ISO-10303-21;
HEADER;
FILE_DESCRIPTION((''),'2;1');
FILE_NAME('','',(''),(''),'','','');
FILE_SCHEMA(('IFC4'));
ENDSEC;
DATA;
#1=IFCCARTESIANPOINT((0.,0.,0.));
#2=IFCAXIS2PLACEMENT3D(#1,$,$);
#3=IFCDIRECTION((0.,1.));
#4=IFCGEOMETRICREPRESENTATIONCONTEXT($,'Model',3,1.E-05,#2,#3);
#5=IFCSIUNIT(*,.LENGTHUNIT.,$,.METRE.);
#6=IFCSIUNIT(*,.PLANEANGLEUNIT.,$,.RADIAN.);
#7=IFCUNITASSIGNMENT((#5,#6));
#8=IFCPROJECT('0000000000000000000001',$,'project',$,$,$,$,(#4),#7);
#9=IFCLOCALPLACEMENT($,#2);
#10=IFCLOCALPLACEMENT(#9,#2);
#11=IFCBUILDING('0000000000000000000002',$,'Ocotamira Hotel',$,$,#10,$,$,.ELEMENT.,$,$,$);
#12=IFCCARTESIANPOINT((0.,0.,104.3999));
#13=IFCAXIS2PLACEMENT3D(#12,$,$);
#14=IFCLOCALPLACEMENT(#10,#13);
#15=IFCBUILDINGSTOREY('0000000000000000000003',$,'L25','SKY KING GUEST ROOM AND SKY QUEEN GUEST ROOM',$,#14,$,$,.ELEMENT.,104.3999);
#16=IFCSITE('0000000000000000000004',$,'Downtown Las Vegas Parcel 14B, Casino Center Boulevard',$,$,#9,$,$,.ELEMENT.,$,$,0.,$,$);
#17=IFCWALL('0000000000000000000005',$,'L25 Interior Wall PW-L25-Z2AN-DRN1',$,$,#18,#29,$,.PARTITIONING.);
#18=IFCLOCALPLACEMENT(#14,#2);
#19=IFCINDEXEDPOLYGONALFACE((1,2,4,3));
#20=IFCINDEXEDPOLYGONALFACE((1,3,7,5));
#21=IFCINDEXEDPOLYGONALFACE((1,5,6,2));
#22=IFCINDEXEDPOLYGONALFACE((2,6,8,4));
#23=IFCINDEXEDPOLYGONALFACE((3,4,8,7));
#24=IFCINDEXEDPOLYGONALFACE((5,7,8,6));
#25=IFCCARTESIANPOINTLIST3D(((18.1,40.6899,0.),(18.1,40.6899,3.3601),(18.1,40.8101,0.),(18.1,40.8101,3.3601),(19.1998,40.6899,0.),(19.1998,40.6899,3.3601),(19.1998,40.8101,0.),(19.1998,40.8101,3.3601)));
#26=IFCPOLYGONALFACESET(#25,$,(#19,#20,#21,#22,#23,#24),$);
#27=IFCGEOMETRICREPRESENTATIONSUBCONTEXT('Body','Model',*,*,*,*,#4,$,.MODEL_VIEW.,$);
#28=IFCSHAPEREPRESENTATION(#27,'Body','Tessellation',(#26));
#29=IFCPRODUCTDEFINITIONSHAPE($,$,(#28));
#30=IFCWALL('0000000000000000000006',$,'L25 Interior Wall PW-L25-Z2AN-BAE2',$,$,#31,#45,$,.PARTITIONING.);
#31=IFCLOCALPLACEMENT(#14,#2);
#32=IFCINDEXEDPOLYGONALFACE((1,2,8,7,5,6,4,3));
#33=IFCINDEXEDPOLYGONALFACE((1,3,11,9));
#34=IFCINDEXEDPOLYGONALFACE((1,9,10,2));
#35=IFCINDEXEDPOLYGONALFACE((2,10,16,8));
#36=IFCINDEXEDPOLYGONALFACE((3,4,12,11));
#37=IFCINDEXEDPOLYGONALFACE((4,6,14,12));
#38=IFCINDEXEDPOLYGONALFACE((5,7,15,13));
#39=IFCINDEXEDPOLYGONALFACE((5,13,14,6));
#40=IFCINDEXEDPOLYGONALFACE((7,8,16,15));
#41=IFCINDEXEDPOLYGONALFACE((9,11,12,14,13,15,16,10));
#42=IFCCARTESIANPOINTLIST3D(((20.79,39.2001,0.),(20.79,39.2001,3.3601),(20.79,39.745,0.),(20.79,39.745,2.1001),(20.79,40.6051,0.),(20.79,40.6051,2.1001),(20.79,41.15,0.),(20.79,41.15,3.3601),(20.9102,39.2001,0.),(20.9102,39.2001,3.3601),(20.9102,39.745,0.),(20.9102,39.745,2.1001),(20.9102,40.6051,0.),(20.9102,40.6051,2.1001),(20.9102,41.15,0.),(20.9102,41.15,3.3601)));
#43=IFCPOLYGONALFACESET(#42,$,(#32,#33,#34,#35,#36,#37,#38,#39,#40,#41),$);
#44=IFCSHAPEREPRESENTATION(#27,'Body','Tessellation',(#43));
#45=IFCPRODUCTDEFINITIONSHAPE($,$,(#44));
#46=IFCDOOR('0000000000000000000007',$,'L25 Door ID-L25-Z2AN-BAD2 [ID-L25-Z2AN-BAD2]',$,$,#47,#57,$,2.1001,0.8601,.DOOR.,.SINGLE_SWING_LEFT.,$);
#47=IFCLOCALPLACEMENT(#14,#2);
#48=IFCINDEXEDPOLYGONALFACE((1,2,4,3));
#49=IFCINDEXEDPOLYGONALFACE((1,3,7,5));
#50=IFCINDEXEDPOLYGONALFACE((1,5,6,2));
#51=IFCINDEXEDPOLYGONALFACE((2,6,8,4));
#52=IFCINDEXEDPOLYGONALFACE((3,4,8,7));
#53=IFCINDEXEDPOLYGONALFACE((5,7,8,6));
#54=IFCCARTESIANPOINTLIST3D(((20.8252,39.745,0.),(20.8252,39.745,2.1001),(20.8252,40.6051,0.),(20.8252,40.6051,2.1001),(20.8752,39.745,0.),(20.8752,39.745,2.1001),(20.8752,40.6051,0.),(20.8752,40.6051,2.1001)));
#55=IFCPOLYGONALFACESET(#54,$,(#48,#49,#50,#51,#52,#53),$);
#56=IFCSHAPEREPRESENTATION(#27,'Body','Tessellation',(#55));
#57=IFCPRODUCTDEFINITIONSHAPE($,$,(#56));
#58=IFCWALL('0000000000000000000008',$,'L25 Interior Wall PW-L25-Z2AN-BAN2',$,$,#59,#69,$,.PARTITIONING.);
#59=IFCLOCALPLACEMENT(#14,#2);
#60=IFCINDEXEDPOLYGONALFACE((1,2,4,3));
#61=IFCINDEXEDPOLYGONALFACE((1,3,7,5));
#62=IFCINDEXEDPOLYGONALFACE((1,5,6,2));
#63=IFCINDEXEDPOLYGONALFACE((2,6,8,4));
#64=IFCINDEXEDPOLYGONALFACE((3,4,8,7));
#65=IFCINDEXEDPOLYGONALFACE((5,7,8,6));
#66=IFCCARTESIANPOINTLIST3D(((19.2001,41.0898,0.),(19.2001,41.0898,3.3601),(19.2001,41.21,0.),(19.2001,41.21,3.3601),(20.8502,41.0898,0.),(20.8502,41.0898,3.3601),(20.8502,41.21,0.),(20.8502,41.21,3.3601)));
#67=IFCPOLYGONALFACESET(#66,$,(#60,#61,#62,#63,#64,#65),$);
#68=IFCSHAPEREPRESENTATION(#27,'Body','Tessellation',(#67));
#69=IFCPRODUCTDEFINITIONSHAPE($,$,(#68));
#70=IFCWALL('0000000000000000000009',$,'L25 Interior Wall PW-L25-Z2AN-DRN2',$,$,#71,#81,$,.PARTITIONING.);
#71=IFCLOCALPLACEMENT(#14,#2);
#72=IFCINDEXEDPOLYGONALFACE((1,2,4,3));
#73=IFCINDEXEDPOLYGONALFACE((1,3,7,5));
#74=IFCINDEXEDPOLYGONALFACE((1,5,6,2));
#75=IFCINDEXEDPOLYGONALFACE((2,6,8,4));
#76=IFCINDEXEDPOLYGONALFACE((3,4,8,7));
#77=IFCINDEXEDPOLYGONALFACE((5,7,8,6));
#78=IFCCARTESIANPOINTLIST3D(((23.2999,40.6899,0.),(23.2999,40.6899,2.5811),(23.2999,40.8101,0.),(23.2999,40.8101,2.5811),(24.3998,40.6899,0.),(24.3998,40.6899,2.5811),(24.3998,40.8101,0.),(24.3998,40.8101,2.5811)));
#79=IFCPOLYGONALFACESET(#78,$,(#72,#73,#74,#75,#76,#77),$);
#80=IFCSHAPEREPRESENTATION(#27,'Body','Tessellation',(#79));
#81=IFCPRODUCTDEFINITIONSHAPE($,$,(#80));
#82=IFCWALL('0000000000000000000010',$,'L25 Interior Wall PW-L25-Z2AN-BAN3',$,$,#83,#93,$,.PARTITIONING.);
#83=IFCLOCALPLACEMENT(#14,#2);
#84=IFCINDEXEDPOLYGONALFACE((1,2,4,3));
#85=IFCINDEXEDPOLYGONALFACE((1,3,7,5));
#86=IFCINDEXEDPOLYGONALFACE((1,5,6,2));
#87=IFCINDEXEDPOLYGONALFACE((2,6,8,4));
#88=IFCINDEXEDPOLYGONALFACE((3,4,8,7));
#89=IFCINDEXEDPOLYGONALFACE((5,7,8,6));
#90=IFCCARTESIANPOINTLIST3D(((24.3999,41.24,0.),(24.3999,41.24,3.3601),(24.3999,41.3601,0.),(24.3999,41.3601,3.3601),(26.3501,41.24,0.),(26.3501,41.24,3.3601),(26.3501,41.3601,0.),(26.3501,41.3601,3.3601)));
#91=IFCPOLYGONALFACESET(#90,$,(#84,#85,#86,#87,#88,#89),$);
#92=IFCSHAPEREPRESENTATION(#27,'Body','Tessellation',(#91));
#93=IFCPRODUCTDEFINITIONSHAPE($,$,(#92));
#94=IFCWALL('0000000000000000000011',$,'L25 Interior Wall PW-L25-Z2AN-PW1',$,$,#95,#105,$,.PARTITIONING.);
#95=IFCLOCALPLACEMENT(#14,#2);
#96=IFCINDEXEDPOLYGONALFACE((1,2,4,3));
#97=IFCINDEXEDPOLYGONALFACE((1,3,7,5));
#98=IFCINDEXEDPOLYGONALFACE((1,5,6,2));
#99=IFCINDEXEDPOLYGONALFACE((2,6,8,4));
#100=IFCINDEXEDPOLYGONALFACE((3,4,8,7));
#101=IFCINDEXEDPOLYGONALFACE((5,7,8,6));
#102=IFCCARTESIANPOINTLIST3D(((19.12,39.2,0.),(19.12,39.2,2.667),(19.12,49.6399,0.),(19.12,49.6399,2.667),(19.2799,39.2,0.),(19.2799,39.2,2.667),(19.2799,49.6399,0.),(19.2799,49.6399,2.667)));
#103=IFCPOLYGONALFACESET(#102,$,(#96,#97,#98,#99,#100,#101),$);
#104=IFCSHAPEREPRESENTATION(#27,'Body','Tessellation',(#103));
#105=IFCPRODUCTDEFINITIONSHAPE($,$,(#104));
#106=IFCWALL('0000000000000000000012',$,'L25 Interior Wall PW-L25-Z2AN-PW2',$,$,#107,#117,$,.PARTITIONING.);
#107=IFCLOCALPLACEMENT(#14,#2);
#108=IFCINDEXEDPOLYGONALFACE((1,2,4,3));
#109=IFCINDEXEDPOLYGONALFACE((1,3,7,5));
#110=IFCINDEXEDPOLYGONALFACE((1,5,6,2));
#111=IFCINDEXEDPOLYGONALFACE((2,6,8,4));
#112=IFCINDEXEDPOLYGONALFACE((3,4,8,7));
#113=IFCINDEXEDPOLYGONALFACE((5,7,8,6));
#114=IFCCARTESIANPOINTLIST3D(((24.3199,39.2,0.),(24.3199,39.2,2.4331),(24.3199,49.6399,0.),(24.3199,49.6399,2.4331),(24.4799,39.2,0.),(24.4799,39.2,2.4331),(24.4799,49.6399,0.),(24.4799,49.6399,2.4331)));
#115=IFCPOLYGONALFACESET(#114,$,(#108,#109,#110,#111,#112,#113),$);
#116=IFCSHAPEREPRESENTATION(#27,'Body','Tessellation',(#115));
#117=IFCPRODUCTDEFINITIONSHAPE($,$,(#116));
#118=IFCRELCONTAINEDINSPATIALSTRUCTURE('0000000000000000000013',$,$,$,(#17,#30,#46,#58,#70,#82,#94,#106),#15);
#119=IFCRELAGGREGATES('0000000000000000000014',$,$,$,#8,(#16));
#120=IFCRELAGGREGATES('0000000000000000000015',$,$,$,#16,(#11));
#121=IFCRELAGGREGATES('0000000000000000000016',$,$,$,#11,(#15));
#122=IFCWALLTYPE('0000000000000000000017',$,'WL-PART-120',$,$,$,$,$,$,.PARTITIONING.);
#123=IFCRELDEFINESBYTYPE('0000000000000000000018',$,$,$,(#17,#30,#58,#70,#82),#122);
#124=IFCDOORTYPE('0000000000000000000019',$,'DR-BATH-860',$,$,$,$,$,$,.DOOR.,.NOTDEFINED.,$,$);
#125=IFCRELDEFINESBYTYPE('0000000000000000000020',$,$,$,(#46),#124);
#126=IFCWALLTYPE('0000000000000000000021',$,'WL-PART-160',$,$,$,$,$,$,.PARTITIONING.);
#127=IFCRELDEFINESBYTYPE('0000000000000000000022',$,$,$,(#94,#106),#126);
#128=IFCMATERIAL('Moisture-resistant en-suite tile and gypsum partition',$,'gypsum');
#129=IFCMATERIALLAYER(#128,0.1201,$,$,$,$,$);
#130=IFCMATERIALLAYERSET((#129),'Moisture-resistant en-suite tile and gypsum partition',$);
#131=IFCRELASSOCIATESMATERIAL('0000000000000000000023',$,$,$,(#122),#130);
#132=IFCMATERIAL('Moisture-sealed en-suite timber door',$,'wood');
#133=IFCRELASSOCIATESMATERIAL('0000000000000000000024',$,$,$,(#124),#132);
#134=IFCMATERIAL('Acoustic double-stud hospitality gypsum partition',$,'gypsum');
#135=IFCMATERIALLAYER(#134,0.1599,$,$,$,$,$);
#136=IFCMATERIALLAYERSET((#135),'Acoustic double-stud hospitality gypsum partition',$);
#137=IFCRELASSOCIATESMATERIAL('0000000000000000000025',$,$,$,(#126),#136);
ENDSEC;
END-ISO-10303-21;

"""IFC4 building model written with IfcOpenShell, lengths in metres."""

from ifc_helpers import new_model, si_unit, direction, frame, frame_2d, origin, place, context, subcontext, project, spatial, rectangle, extrude, source, transform, mapped, material, layer, layer_set, type_object, element, fill, save


model = new_model("IFC4")

# Units and contexts
model_context = context("Model", 3, precision=1e-05, world=origin(), true_north=direction((0.0, 1.0)))
body_context = subcontext(model_context, "Body", "Model", "MODEL_VIEW")
ifc_project = project(units=[si_unit("LENGTHUNIT", "METRE"), si_unit("PLANEANGLEUNIT", "RADIAN")], contexts=[model_context])

# Site, building, storey
site_placement = place(None, origin())
site = spatial("IfcSite", under=ifc_project, at=site_placement, Name="Downtown Las Vegas Parcel 14B, Casino Center Boulevard", CompositionType="ELEMENT", RefElevation=0.0)
building_placement = place(site_placement, origin())
building = spatial("IfcBuilding", under=site, at=building_placement, Name="Ocotamira Hotel", CompositionType="ELEMENT")
storey_placement = place(building_placement, frame((0.0, 0.0, 104.3999)))
storey = spatial("IfcBuildingStorey", under=building, at=storey_placement, Name="L25", Description="SKY KING GUEST ROOM AND SKY QUEEN GUEST ROOM", CompositionType="ELEMENT", Elevation=104.3999)

# Wall
ifc_material_1 = material(Name="Moisture-resistant en-suite tile and gypsum partition", Category="gypsum")
ifc_layer_1 = layer(ifc_material_1, 0.1201)
ifc_layer_set_1 = layer_set([ifc_layer_1], Name="Moisture-resistant en-suite tile and gypsum partition")
wall_type_1 = type_object("IfcWallType", Name="WL-PART-120", PredefinedType="PARTITIONING", material=ifc_layer_set_1)
wall_1_placement = place(storey_placement, frame((18.1001, 40.75, 0.0), z_axis=(0.0, 0.0, 1.0), x_axis=(1.0, 0.0, 0.0)))
element("IfcWall", 1, at=wall_1_placement, inside=storey, type_object=wall_type_1, Name="L25 Interior Wall PW-L25-Z2AN-DRN1", PredefinedType="PARTITIONING", context=body_context, shape_type="SweptSolid", body=[
    extrude(rectangle(XDim=1.0999, YDim=0.1201, at=frame_2d((0.5498, 0.0))), origin(), (0.0, 0.0, 1.0), 3.3601),
])

# Wall, opening, door
wall_2_placement = place(storey_placement, frame((20.8501, 39.2, 0.0), z_axis=(0.0, 0.0, 1.0), x_axis=(0.0, 1.0, 0.0)))
wall_2 = element("IfcWall", 2, at=wall_2_placement, inside=storey, type_object=wall_type_1, Name="L25 Interior Wall PW-L25-Z2AN-BAE2", PredefinedType="PARTITIONING", context=body_context, shape_type="SweptSolid", body=[
    extrude(rectangle(XDim=1.95, YDim=0.1201, at=frame_2d((0.9751, 0.0))), origin(), (0.0, 0.0, 1.0), 3.3601),
])
opening_placement = place(wall_2_placement, frame((0.5449, 0.0, 0.0)))
opening = element("IfcOpeningElement", 3, at=opening_placement, cuts=wall_2, PredefinedType="OPENING", context=body_context, shape_type="SweptSolid", body=[
    extrude(rectangle(XDim=0.8601, YDim=2.1001, at=frame_2d((0.4302, 1.05))), frame((0.0, 0.0701, 0.0), z_axis=(0.0, -1.0, 0.0), x_axis=(1.0, 0.0, 0.0)), (0.0, 0.0, 1.0), 0.1401),
])
ifc_material_2 = material(Name="Moisture-sealed en-suite timber door", Category="wood")
door_type = type_object("IfcDoorType", Name="DR-BATH-860", OperationType="NOTDEFINED", PredefinedType="DOOR", material=ifc_material_2)
shared_shape_1 = source(origin(), body_context, "Body", "SweptSolid", [
    extrude(rectangle(XDim=0.8601, YDim=2.1001, at=frame_2d((0.4302, 1.05))), frame((0.0, 0.0249, 0.0), z_axis=(0.0, -1.0, 0.0), x_axis=(1.0, 0.0, 0.0)), (0.0, 0.0, 1.0), 0.05),
])
door_placement = place(opening_placement, origin())
door = element("IfcDoor", 4, at=door_placement, inside=storey, type_object=door_type, Name="L25 Door ID-L25-Z2AN-BAD2 [ID-L25-Z2AN-BAD2]", OperationType="SINGLE_SWING_LEFT", OverallHeight=2.1001, OverallWidth=0.8601, PredefinedType="DOOR", context=body_context, shape_type="MappedRepresentation", body=[
    mapped(shared_shape_1, transform((0.0, 0.0, 0.0), scale=1.0)),
])
fill(opening, door)

# Walls
wall_3_placement = place(storey_placement, frame((19.2, 41.1499, 0.0), z_axis=(0.0, 0.0, 1.0), x_axis=(1.0, 0.0, 0.0)))
element("IfcWall", 5, at=wall_3_placement, inside=storey, type_object=wall_type_1, Name="L25 Interior Wall PW-L25-Z2AN-BAN2", PredefinedType="PARTITIONING", context=body_context, shape_type="SweptSolid", body=[
    extrude(rectangle(XDim=1.6501, YDim=0.1201, at=frame_2d((0.8252, 0.0))), origin(), (0.0, 0.0, 1.0), 3.3601),
])
wall_4_placement = place(storey_placement, frame((23.3, 40.75, 0.0), z_axis=(0.0, 0.0, 1.0), x_axis=(1.0, 0.0, 0.0)))
element("IfcWall", 6, at=wall_4_placement, inside=storey, type_object=wall_type_1, Name="L25 Interior Wall PW-L25-Z2AN-DRN2", PredefinedType="PARTITIONING", context=body_context, shape_type="SweptSolid", body=[
    extrude(rectangle(XDim=1.0999, YDim=0.1201, at=frame_2d((0.5498, 0.0))), origin(), (0.0, 0.0, 1.0), 2.5811),
])
wall_5_placement = place(storey_placement, frame((24.3999, 41.3, 0.0), z_axis=(0.0, 0.0, 1.0), x_axis=(1.0, 0.0, 0.0)))
element("IfcWall", 7, at=wall_5_placement, inside=storey, type_object=wall_type_1, Name="L25 Interior Wall PW-L25-Z2AN-BAN3", PredefinedType="PARTITIONING", context=body_context, shape_type="SweptSolid", body=[
    extrude(rectangle(XDim=1.9502, YDim=0.1201, at=frame_2d((0.9751, 0.0))), origin(), (0.0, 0.0, 1.0), 3.3601),
])
ifc_material_3 = material(Name="Acoustic double-stud hospitality gypsum partition", Category="gypsum")
ifc_layer_2 = layer(ifc_material_3, 0.1599)
ifc_layer_set_2 = layer_set([ifc_layer_2], Name="Acoustic double-stud hospitality gypsum partition")
wall_type_2 = type_object("IfcWallType", Name="WL-PART-160", PredefinedType="PARTITIONING", material=ifc_layer_set_2)
wall_6_placement = place(storey_placement, frame((19.2, 39.2, 0.0), z_axis=(0.0, 0.0, 1.0), x_axis=(0.0, 1.0, 0.0)))
element("IfcWall", 8, at=wall_6_placement, inside=storey, type_object=wall_type_2, Name="L25 Interior Wall PW-L25-Z2AN-PW1", PredefinedType="PARTITIONING", context=body_context, shape_type="SweptSolid", body=[
    extrude(rectangle(XDim=10.4399, YDim=0.1599, at=frame_2d((5.22, 0.0))), origin(), (0.0, 0.0, 1.0), 2.667),
])
wall_7_placement = place(storey_placement, frame((24.3999, 39.2, 0.0), z_axis=(0.0, 0.0, 1.0), x_axis=(0.0, 1.0, 0.0)))
element("IfcWall", 9, at=wall_7_placement, inside=storey, type_object=wall_type_2, Name="L25 Interior Wall PW-L25-Z2AN-PW2", PredefinedType="PARTITIONING", context=body_context, shape_type="SweptSolid", body=[
    extrude(rectangle(XDim=10.4399, YDim=0.1599, at=frame_2d((5.22, 0.0))), origin(), (0.0, 0.0, 1.0), 2.4331),
])

save(model, "model.ifc")
